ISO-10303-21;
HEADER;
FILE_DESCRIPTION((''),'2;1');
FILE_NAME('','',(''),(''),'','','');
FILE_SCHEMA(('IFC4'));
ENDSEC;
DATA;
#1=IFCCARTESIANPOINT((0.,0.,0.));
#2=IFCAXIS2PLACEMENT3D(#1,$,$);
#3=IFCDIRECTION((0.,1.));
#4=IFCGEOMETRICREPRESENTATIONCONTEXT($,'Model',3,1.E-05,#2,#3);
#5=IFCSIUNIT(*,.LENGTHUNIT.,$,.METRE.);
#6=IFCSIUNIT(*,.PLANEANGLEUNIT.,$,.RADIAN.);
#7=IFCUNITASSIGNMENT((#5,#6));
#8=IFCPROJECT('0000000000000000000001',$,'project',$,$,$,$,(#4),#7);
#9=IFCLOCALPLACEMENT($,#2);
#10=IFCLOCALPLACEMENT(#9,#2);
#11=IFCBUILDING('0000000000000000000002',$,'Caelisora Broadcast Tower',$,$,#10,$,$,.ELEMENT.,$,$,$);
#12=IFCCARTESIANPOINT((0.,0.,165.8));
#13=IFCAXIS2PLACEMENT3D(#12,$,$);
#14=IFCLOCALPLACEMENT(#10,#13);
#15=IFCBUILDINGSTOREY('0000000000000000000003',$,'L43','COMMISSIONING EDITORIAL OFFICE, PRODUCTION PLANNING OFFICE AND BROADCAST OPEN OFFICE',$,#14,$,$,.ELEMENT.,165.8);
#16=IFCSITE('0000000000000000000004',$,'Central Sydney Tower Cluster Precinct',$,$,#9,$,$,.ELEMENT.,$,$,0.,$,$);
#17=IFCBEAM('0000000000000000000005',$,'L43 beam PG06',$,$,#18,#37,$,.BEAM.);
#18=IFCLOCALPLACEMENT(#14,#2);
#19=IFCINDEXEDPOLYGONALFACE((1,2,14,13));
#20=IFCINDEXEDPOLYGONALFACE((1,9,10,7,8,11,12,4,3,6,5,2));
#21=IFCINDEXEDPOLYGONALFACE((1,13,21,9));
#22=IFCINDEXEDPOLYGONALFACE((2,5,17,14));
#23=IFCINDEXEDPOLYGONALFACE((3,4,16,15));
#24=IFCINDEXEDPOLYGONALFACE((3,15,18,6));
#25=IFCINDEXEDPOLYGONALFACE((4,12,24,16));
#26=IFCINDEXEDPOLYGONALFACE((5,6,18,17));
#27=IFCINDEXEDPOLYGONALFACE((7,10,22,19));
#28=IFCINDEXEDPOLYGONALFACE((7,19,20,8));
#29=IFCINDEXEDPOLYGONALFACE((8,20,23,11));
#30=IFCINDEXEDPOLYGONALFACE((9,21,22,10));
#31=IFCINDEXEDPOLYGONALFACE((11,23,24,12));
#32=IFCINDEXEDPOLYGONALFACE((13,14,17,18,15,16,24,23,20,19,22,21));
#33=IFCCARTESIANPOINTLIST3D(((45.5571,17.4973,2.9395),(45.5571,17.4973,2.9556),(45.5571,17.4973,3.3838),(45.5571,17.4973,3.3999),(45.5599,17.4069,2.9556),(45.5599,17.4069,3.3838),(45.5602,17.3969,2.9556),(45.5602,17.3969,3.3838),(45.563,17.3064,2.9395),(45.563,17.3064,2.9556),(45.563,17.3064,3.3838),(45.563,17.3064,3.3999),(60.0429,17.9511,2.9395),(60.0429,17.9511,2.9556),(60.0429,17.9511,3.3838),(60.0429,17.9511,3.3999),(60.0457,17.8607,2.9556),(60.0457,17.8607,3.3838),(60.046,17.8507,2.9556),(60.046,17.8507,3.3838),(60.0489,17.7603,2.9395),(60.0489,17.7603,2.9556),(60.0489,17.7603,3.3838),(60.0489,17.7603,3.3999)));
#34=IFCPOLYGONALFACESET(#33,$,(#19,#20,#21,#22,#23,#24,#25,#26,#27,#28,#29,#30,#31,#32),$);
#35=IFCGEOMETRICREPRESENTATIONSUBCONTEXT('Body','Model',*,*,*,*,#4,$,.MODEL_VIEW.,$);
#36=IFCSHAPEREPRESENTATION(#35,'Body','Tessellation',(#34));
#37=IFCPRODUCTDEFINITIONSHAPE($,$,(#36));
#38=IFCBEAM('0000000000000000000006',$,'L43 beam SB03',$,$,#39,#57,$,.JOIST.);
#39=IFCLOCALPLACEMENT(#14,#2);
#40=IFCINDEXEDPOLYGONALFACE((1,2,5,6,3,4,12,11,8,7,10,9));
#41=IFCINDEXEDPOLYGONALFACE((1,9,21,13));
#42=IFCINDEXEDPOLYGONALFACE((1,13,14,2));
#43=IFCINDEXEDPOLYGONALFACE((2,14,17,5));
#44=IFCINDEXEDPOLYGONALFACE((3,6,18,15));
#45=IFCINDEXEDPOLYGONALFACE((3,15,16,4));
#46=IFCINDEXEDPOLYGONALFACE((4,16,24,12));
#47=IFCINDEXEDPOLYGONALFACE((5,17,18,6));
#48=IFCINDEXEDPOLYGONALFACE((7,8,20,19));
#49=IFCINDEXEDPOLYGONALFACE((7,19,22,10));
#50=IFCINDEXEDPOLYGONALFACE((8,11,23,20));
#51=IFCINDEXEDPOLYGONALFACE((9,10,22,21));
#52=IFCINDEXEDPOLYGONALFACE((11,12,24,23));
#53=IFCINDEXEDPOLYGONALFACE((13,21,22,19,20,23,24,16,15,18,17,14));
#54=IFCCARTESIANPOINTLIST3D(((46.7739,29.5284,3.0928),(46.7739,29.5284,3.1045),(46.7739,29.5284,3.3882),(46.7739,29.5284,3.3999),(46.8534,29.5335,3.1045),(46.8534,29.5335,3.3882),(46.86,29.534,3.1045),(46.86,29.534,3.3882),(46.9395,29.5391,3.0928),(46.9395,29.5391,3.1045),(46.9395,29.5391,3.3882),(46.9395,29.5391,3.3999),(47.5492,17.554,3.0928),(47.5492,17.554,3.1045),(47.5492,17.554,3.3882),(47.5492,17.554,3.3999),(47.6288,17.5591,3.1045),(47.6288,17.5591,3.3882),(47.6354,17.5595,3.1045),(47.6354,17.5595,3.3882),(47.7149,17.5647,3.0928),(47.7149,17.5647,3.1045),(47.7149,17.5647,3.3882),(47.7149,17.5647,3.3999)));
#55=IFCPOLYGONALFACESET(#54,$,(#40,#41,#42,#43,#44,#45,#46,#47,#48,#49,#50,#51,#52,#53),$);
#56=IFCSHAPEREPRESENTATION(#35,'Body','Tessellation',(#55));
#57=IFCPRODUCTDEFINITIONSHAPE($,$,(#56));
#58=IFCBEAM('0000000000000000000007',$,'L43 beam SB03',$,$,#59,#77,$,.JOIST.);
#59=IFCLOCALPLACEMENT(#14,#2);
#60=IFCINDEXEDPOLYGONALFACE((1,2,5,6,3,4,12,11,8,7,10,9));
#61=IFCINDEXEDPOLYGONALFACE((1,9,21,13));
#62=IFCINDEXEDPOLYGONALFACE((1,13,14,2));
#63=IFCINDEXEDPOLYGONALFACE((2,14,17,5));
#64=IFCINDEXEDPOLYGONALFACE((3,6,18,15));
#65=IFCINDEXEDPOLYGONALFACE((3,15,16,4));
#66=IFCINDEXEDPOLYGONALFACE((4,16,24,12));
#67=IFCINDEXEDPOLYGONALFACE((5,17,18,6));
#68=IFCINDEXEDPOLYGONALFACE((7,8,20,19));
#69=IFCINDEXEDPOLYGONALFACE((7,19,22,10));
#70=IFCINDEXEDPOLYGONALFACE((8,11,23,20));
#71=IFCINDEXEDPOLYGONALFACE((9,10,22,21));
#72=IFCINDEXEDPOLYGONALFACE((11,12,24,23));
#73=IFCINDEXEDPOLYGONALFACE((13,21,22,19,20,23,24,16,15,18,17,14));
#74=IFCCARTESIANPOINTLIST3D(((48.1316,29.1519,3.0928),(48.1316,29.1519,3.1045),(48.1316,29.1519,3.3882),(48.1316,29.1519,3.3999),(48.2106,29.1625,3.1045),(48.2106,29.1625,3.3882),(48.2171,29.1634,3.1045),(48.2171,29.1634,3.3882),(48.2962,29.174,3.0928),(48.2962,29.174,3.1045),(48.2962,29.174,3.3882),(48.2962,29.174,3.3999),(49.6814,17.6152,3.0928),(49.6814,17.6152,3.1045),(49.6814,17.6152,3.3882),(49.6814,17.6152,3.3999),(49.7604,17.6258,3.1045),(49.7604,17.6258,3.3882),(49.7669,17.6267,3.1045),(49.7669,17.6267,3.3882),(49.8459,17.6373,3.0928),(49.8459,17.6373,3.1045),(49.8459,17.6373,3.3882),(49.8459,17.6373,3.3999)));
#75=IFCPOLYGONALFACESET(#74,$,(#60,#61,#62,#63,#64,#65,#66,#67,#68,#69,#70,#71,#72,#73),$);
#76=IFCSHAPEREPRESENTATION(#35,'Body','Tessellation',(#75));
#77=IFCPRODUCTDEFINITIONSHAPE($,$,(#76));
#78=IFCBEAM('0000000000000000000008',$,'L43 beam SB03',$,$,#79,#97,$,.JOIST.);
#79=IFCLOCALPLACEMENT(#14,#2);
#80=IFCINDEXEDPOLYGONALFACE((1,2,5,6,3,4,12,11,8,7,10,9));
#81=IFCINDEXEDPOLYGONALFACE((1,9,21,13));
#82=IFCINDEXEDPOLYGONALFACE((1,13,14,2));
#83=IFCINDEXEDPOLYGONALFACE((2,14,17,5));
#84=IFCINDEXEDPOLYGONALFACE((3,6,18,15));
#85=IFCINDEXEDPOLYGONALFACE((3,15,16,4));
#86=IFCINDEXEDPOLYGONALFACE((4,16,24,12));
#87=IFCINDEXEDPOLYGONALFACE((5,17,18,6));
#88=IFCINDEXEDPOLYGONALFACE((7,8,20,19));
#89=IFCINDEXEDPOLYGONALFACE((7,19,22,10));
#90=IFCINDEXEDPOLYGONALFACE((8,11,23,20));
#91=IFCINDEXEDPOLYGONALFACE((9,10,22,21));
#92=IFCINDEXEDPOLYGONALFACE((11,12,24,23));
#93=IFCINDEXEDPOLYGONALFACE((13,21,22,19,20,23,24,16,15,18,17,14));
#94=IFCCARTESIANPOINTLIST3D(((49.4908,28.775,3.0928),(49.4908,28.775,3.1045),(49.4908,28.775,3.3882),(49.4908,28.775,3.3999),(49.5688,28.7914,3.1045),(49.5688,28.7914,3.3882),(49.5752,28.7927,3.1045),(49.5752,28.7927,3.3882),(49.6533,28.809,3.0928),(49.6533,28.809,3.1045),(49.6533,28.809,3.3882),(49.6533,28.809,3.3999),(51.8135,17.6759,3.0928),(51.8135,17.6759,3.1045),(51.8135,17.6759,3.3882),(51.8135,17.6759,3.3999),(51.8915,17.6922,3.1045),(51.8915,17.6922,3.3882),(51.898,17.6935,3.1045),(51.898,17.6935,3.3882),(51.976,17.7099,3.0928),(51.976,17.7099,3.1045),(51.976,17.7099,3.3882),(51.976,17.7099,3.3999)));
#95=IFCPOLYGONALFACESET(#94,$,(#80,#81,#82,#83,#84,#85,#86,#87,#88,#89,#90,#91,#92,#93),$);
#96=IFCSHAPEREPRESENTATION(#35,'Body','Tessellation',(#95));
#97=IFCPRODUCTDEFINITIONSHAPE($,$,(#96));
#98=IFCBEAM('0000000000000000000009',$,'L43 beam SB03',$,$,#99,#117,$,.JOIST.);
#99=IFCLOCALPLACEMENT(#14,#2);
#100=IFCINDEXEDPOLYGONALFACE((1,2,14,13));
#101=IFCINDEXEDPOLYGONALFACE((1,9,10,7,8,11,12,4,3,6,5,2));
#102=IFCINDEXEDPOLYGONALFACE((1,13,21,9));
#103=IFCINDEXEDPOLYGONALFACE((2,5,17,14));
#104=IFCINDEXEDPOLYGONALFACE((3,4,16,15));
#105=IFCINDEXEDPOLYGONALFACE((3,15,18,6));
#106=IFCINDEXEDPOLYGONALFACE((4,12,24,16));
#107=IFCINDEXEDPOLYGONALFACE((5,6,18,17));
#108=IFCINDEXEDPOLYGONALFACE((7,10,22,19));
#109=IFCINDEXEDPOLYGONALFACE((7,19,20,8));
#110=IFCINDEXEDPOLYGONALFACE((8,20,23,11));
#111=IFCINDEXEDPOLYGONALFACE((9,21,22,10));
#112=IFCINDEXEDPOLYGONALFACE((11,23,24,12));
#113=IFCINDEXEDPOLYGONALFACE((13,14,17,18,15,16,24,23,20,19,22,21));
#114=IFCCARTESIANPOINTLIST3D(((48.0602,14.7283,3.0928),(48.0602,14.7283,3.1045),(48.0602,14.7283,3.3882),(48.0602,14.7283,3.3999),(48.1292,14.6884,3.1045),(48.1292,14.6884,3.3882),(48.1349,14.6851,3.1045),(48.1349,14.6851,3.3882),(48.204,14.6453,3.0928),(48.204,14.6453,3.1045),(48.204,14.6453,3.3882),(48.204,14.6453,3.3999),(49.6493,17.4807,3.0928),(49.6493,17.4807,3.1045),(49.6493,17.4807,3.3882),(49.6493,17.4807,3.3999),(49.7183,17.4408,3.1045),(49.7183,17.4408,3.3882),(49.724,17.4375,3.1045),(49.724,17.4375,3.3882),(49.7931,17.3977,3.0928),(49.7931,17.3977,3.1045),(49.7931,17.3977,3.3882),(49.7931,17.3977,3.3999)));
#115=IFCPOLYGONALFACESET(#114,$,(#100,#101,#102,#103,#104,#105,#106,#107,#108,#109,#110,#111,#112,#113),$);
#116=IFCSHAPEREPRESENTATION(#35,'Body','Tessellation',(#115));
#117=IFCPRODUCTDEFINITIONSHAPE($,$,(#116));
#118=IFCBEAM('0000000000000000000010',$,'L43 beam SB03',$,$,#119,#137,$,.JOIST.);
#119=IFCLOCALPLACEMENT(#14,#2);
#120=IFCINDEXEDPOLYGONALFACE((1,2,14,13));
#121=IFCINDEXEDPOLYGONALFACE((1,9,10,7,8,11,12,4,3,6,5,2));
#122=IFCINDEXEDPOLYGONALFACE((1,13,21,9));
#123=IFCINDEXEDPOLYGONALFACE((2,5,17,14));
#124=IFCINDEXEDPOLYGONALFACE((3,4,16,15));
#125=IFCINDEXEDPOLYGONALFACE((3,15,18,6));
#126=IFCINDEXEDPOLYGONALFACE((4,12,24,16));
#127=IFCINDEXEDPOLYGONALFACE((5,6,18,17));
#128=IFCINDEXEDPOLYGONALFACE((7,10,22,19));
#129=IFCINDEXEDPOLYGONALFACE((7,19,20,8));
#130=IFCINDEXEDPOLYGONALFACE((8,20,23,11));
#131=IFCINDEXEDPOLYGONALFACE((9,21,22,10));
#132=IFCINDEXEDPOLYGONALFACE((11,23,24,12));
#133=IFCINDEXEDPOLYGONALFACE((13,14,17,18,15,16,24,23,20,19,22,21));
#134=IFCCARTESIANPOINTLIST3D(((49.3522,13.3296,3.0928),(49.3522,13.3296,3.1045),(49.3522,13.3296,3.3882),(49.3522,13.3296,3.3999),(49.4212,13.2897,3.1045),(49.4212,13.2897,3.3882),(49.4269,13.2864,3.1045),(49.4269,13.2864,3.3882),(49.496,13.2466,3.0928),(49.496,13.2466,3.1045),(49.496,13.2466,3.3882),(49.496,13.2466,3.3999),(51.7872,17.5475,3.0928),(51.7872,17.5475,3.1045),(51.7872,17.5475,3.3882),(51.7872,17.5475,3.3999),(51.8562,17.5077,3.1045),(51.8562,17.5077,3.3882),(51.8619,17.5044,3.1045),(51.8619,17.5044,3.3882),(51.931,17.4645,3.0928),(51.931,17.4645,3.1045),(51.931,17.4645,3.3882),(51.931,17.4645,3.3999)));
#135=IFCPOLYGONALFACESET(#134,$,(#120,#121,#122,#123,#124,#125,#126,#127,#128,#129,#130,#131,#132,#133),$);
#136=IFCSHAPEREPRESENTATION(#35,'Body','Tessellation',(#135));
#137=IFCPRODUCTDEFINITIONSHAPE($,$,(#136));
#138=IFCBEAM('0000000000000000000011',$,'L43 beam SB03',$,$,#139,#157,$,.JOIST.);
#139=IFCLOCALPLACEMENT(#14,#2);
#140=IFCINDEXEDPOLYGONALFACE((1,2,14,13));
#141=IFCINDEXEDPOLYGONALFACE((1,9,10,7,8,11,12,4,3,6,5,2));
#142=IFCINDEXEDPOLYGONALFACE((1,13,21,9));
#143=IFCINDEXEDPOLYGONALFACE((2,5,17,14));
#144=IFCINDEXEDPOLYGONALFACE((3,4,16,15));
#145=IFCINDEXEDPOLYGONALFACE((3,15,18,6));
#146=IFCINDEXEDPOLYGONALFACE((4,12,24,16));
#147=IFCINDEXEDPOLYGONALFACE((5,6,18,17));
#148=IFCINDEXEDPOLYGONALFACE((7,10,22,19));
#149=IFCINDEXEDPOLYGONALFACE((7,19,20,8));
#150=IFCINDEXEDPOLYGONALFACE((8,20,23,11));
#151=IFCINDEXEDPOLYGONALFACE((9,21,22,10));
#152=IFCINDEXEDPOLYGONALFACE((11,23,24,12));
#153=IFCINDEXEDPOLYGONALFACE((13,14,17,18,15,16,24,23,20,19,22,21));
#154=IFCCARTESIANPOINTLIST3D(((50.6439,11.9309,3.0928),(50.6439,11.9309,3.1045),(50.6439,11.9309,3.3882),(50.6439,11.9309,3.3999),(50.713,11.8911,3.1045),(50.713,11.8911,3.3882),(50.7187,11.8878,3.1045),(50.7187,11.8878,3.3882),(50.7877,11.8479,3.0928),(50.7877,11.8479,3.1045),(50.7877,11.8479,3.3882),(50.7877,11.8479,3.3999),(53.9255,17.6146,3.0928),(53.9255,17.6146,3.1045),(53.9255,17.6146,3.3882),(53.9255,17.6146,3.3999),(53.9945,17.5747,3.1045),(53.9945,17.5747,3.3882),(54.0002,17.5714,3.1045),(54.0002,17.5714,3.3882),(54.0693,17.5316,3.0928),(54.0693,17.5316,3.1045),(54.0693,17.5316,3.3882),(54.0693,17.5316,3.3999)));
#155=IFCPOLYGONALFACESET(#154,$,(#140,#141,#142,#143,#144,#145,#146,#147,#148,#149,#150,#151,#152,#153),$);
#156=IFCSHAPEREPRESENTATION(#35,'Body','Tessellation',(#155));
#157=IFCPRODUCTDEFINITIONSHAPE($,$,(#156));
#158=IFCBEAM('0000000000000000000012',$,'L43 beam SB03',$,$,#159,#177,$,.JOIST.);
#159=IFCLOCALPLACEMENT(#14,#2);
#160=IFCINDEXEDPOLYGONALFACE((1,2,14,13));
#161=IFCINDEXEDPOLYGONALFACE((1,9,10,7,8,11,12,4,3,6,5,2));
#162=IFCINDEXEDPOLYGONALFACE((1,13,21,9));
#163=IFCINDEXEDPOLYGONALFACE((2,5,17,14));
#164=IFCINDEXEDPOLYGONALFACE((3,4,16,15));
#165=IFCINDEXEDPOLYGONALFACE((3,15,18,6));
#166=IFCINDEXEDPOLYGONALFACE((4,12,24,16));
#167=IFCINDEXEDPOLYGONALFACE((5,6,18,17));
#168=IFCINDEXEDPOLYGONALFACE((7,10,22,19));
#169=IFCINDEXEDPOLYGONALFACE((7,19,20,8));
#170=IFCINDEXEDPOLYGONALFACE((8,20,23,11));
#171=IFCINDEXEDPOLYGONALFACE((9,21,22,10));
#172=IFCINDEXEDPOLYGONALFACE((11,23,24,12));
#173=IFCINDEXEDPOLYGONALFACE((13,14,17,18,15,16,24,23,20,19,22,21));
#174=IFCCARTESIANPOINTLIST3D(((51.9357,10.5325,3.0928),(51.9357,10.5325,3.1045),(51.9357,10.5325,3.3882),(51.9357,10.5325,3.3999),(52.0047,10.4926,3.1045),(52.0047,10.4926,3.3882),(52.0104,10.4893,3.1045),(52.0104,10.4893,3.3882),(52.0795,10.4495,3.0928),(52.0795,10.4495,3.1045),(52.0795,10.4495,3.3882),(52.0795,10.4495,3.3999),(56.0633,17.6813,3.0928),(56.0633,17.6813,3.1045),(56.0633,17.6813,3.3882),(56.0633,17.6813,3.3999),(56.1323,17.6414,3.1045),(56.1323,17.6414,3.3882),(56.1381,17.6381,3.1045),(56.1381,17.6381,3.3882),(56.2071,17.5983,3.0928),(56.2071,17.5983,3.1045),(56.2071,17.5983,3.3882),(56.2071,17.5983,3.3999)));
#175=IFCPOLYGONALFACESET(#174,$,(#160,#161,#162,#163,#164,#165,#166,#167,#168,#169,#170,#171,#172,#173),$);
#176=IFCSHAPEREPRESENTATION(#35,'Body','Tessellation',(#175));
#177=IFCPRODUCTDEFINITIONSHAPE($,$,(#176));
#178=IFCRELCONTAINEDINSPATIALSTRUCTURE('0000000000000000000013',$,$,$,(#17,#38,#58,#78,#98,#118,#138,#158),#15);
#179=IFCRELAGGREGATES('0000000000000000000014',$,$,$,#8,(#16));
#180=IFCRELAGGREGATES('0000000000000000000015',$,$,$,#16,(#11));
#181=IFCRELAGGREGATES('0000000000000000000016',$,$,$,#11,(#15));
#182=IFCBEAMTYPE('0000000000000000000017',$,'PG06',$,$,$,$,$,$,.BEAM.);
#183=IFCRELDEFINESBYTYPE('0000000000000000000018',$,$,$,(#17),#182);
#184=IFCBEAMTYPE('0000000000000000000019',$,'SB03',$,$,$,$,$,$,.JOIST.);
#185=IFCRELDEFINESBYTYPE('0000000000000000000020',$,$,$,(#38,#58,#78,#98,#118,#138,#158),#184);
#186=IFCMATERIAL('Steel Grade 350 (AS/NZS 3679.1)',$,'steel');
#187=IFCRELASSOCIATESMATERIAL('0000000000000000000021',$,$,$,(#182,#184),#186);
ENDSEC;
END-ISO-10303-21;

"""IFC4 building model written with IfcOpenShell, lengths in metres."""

from ifc_helpers import new_model, si_unit, direction, frame, origin, origin_2d, place, context, subcontext, project, spatial, i_section, extrude, source, transform, mapped, material, material_profile, profile_set, type_object, type_shapes, element, save


model = new_model("IFC4")

# Units and contexts
model_context = context("Model", 3, precision=1e-05, world=origin(), true_north=direction((0.0, 1.0)))
body_context = subcontext(model_context, "Body", "Model", "MODEL_VIEW")
ifc_project = project(units=[si_unit("LENGTHUNIT", "METRE"), si_unit("PLANEANGLEUNIT", "RADIAN")], contexts=[model_context])

# Site, building, storey
site_placement = place(None, origin())
site = spatial("IfcSite", under=ifc_project, at=site_placement, Name="Central Sydney Tower Cluster Precinct", CompositionType="ELEMENT", RefElevation=0.0)
building_placement = place(site_placement, origin())
building = spatial("IfcBuilding", under=site, at=building_placement, Name="Caelisora Broadcast Tower", CompositionType="ELEMENT")
storey_placement = place(building_placement, frame((0.0, 0.0, 165.8)))
storey = spatial("IfcBuildingStorey", under=building, at=storey_placement, Name="L43", Description="COMMISSIONING EDITORIAL OFFICE, PRODUCTION PLANNING OFFICE AND BROADCAST OPEN OFFICE", CompositionType="ELEMENT", Elevation=165.8)

# Beams
ifc_material_1 = material(Name="Steel Grade 350 (AS/NZS 3679.1)", Category="steel")
ifc_material_profile_1 = material_profile(ifc_material_1, i_section(OverallWidth=0.1909, OverallDepth=0.4604, WebThickness=0.01, FlangeThickness=0.0161, at=origin_2d()), Name="Steel Grade 350 (AS/NZS 3679.1)")
ifc_profile_set_1 = profile_set([ifc_material_profile_1], Name="Steel Grade 350 (AS/NZS 3679.1)")
beam_type_1 = type_object("IfcBeamType", Name="PG06", PredefinedType="BEAM", material=ifc_profile_set_1)
shared_shape_1 = source(origin(), body_context, "Body", "SweptSolid", [
    extrude(i_section(OverallWidth=0.1909, OverallDepth=0.4604, WebThickness=0.01, FlangeThickness=0.0161, at=origin_2d()), origin(), (0.0, 0.0, 1.0), 14.4929),
])
type_shapes(beam_type_1, [shared_shape_1])
beam_1_placement = place(storey_placement, frame((45.5601, 17.4019, 3.1697), z_axis=(0.99951, 0.031316, 0.0), x_axis=(-0.031316, 0.99951, 0.0)))
element("IfcBeam", 1, at=beam_1_placement, inside=storey, type_object=beam_type_1, Name="L43 beam PG06", PredefinedType="BEAM", context=body_context, shape_type="MappedRepresentation", body=[
    mapped(shared_shape_1, transform((0.0, 0.0, 0.0), scale=1.0)),
])
ifc_material_profile_2 = material_profile(ifc_material_1, i_section(OverallWidth=0.166, OverallDepth=0.3071, WebThickness=0.0066, FlangeThickness=0.0117, at=origin_2d()), Name="Steel Grade 350 (AS/NZS 3679.1)")
ifc_profile_set_2 = profile_set([ifc_material_profile_2], Name="Steel Grade 350 (AS/NZS 3679.1)")
beam_type_2 = type_object("IfcBeamType", Name="SB03", PredefinedType="JOIST", material=ifc_profile_set_2)
shared_shape_2 = source(origin(), body_context, "Body", "SweptSolid", [
    extrude(i_section(OverallWidth=0.166, OverallDepth=0.3071, WebThickness=0.0066, FlangeThickness=0.0117, at=origin_2d()), origin(), (0.0, 0.0, 1.0), 11.9995),
])
beam_2_placement = place(storey_placement, frame((47.6321, 17.5593, 3.2463), z_axis=(-0.064619, 0.99791, 0.0), x_axis=(-0.99791, -0.064619, 0.0)))
element("IfcBeam", 2, at=beam_2_placement, inside=storey, type_object=beam_type_2, Name="L43 beam SB03", PredefinedType="JOIST", context=body_context, shape_type="MappedRepresentation", body=[
    mapped(shared_shape_2, transform((0.0, 0.0, 0.0), scale=1.0)),
])
shared_shape_3 = source(origin(), body_context, "Body", "SweptSolid", [
    extrude(i_section(OverallWidth=0.166, OverallDepth=0.3071, WebThickness=0.0066, FlangeThickness=0.0117, at=origin_2d()), origin(), (0.0, 0.0, 1.0), 11.6404),
])
beam_3_placement = place(storey_placement, frame((49.7637, 17.6262, 3.2463), z_axis=(-0.133139, 0.991097, 0.0), x_axis=(-0.991097, -0.133139, 0.0)))
element("IfcBeam", 3, at=beam_3_placement, inside=storey, type_object=beam_type_2, Name="L43 beam SB03", PredefinedType="JOIST", context=body_context, shape_type="MappedRepresentation", body=[
    mapped(shared_shape_3, transform((0.0, 0.0, 0.0), scale=1.0)),
])
shared_shape_4 = source(origin(), body_context, "Body", "SweptSolid", [
    extrude(i_section(OverallWidth=0.166, OverallDepth=0.3071, WebThickness=0.0066, FlangeThickness=0.0117, at=origin_2d()), origin(), (0.0, 0.0, 1.0), 11.3396),
])
beam_4_placement = place(storey_placement, frame((51.8948, 17.6929, 3.2463), z_axis=(-0.204836, 0.978796, 0.0), x_axis=(-0.978796, -0.204836, 0.0)))
element("IfcBeam", 4, at=beam_4_placement, inside=storey, type_object=beam_type_2, Name="L43 beam SB03", PredefinedType="JOIST", context=body_context, shape_type="MappedRepresentation", body=[
    mapped(shared_shape_4, transform((0.0, 0.0, 0.0), scale=1.0)),
])
shared_shape_5 = source(origin(), body_context, "Body", "SweptSolid", [
    extrude(i_section(OverallWidth=0.166, OverallDepth=0.3071, WebThickness=0.0066, FlangeThickness=0.0117, at=origin_2d()), origin(), (0.0, 0.0, 1.0), 3.1782),
])
beam_5_placement = place(storey_placement, frame((48.1321, 14.6868, 3.2463), z_axis=(0.499997, 0.866027, 0.0), x_axis=(-0.866027, 0.499997, 0.0)))
element("IfcBeam", 5, at=beam_5_placement, inside=storey, type_object=beam_type_2, Name="L43 beam SB03", PredefinedType="JOIST", context=body_context, shape_type="MappedRepresentation", body=[
    mapped(shared_shape_5, transform((0.0, 0.0, 0.0), scale=1.0)),
])
shared_shape_6 = source(origin(), body_context, "Body", "SweptSolid", [
    extrude(i_section(OverallWidth=0.166, OverallDepth=0.3071, WebThickness=0.0066, FlangeThickness=0.0117, at=origin_2d()), origin(), (0.0, 0.0, 1.0), 4.8704),
])
beam_6_placement = place(storey_placement, frame((49.4241, 13.2881, 3.2463), z_axis=(0.499967, 0.866045, 0.0), x_axis=(-0.866045, 0.499967, 0.0)))
element("IfcBeam", 6, at=beam_6_placement, inside=storey, type_object=beam_type_2, Name="L43 beam SB03", PredefinedType="JOIST", context=body_context, shape_type="MappedRepresentation", body=[
    mapped(shared_shape_6, transform((0.0, 0.0, 0.0), scale=1.0)),
])
shared_shape_7 = source(origin(), body_context, "Body", "SweptSolid", [
    extrude(i_section(OverallWidth=0.166, OverallDepth=0.3071, WebThickness=0.0066, FlangeThickness=0.0117, at=origin_2d()), origin(), (0.0, 0.0, 1.0), 6.563),
])
beam_7_placement = place(storey_placement, frame((50.7158, 11.8894, 3.2463), z_axis=(0.500008, 0.866021, 0.0), x_axis=(-0.866021, 0.500008, 0.0)))
element("IfcBeam", 7, at=beam_7_placement, inside=storey, type_object=beam_type_2, Name="L43 beam SB03", PredefinedType="JOIST", context=body_context, shape_type="MappedRepresentation", body=[
    mapped(shared_shape_7, transform((0.0, 0.0, 0.0), scale=1.0)),
])
shared_shape_8 = source(origin(), body_context, "Body", "SweptSolid", [
    extrude(i_section(OverallWidth=0.166, OverallDepth=0.3071, WebThickness=0.0066, FlangeThickness=0.0117, at=origin_2d()), origin(), (0.0, 0.0, 1.0), 8.2549),
])
type_shapes(beam_type_2, [shared_shape_2, shared_shape_3, shared_shape_4, shared_shape_5, shared_shape_6, shared_shape_7, shared_shape_8])
beam_8_placement = place(storey_placement, frame((52.0076, 10.491, 3.2463), z_axis=(0.500023, 0.866012, 0.0), x_axis=(-0.866012, 0.500023, 0.0)))
element("IfcBeam", 8, at=beam_8_placement, inside=storey, type_object=beam_type_2, Name="L43 beam SB03", PredefinedType="JOIST", context=body_context, shape_type="MappedRepresentation", body=[
    mapped(shared_shape_8, transform((0.0, 0.0, 0.0), scale=1.0)),
])

save(model, "model.ifc")
